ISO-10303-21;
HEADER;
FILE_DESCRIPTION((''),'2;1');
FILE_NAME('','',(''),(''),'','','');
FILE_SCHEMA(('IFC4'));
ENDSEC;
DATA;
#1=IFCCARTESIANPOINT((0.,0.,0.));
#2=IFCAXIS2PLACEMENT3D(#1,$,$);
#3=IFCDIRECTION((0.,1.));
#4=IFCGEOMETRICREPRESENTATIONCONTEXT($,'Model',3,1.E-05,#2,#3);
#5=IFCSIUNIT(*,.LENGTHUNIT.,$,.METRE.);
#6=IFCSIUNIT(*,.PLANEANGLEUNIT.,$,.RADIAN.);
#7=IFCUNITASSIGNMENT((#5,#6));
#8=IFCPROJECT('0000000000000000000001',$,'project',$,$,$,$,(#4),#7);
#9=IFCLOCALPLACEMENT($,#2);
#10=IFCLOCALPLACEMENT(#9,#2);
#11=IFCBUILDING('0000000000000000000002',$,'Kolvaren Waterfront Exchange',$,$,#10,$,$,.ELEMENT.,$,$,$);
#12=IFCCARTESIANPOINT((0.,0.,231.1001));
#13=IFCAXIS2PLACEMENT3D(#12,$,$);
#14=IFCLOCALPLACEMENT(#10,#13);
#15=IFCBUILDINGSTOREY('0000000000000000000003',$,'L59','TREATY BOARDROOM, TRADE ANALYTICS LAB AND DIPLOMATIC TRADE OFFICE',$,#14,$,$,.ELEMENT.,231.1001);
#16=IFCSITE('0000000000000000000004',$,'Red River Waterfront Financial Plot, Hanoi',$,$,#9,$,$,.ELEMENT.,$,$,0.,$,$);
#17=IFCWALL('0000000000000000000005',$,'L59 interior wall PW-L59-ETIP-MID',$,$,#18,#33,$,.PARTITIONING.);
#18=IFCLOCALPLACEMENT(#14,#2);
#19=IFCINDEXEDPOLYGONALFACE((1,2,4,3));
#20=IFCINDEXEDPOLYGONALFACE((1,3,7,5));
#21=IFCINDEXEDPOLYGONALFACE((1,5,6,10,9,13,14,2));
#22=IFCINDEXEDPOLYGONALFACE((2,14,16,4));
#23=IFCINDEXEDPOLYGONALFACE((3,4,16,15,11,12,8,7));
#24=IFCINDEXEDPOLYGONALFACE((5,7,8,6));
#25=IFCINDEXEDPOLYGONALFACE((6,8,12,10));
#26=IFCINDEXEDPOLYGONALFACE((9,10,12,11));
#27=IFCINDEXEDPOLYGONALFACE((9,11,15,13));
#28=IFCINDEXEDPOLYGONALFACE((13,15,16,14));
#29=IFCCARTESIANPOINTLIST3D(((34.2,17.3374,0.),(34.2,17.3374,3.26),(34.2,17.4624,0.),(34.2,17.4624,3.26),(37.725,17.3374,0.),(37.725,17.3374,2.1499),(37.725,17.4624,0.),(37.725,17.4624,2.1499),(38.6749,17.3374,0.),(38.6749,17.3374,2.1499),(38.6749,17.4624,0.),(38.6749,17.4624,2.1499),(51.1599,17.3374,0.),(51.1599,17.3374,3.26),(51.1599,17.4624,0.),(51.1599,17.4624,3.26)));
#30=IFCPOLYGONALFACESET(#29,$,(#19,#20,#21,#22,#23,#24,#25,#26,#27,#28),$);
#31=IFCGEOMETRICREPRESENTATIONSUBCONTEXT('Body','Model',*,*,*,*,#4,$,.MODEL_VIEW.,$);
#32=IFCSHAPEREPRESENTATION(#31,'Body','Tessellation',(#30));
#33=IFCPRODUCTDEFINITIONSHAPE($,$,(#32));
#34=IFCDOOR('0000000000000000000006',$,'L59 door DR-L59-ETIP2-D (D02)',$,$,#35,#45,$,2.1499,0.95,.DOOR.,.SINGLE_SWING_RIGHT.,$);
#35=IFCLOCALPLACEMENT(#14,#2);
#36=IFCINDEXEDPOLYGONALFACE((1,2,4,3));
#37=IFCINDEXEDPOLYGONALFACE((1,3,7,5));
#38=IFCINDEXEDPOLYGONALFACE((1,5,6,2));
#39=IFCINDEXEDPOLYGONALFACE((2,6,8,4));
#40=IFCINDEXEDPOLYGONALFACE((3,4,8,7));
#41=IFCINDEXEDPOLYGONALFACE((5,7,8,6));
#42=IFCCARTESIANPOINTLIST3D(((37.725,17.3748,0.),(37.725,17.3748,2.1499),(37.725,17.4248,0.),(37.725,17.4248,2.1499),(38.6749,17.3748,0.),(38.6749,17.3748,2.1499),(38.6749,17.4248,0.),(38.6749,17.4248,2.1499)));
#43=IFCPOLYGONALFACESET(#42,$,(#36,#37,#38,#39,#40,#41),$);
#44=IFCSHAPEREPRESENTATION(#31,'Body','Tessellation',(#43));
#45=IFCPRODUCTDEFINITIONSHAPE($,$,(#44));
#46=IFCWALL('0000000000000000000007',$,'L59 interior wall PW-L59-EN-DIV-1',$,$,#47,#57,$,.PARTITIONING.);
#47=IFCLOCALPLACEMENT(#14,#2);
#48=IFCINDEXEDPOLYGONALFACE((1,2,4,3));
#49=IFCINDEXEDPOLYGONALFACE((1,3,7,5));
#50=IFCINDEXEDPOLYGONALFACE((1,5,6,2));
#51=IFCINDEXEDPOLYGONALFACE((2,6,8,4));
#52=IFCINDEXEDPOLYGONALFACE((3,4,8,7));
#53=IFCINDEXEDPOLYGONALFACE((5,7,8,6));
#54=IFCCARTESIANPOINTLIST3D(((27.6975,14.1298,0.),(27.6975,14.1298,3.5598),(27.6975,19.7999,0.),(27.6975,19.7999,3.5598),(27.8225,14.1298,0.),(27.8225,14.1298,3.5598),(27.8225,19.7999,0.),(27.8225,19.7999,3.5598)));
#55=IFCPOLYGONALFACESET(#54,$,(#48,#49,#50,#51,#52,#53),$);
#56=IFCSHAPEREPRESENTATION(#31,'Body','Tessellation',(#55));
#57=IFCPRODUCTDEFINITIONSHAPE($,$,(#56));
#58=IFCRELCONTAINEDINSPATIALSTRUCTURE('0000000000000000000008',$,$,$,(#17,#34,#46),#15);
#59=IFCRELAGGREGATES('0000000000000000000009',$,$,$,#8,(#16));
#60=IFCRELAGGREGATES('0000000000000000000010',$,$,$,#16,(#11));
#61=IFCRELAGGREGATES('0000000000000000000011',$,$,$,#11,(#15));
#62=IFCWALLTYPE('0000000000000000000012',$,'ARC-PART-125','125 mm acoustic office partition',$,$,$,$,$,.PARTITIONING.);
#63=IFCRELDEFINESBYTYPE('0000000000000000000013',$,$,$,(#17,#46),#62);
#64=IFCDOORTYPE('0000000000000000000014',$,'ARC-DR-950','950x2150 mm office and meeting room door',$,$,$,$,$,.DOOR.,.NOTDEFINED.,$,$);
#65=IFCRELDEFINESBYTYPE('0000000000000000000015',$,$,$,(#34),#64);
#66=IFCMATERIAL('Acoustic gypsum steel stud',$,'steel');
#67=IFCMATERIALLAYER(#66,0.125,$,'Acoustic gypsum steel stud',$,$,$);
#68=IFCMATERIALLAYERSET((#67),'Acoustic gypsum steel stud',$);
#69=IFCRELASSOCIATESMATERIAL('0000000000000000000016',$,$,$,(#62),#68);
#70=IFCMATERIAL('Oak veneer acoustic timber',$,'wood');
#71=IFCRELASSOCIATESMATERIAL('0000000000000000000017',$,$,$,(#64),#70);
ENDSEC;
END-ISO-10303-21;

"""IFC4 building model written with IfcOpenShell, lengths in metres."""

from ifc_helpers import new_model, si_unit, direction, frame, frame_2d, origin, place, context, subcontext, project, spatial, rectangle, extrude, material, layer, layer_set, type_object, element, fill, save


model = new_model("IFC4")

# Units and contexts
model_context = context("Model", 3, precision=1e-05, world=origin(), true_north=direction((0.0, 1.0)))
body_context = subcontext(model_context, "Body", "Model", "MODEL_VIEW")
ifc_project = project(units=[si_unit("LENGTHUNIT", "METRE"), si_unit("PLANEANGLEUNIT", "RADIAN")], contexts=[model_context])

# Site, building, storey
site_placement = place(None, origin())
site = spatial("IfcSite", under=ifc_project, at=site_placement, Name="Red River Waterfront Financial Plot, Hanoi", CompositionType="ELEMENT", RefElevation=0.0)
building_placement = place(site_placement, origin())
building = spatial("IfcBuilding", under=site, at=building_placement, Name="Kolvaren Waterfront Exchange", CompositionType="ELEMENT")
storey_placement = place(building_placement, frame((0.0, 0.0, 231.1001)))
storey = spatial("IfcBuildingStorey", under=building, at=storey_placement, Name="L59", Description="TREATY BOARDROOM, TRADE ANALYTICS LAB AND DIPLOMATIC TRADE OFFICE", CompositionType="ELEMENT", Elevation=231.1001)

# Wall, opening, door
ifc_material_1 = material(Name="Acoustic gypsum steel stud", Category="steel")
ifc_layer_1 = layer(ifc_material_1, 0.125, Name="Acoustic gypsum steel stud")
ifc_layer_set_1 = layer_set([ifc_layer_1], Name="Acoustic gypsum steel stud")
wall_type_1 = type_object("IfcWallType", Name="ARC-PART-125", Description="125 mm acoustic office partition", PredefinedType="PARTITIONING", material=ifc_layer_set_1)
wall_1_placement = place(storey_placement, frame((34.2, 17.3999, 0.0), z_axis=(0.0, 0.0, 1.0), x_axis=(1.0, 0.0, 0.0)))
wall_1 = element("IfcWall", 1, at=wall_1_placement, inside=storey, type_object=wall_type_1, Name="L59 interior wall PW-L59-ETIP-MID", PredefinedType="PARTITIONING", context=body_context, shape_type="SweptSolid", body=[
    extrude(rectangle(XDim=16.96, YDim=0.125, at=frame_2d((8.48, 0.0))), origin(), (0.0, 0.0, 1.0), 3.26),
])
opening_placement = place(wall_1_placement, frame((3.5249, 0.0, 0.0)))
opening = element("IfcOpeningElement", 2, at=opening_placement, cuts=wall_1, PredefinedType="OPENING", context=body_context, shape_type="SweptSolid", body=[
    extrude(rectangle(XDim=0.95, YDim=2.1499, at=frame_2d((0.4751, 1.075))), frame((0.0, 0.0725, 0.0), z_axis=(0.0, -1.0, 0.0), x_axis=(1.0, 0.0, 0.0)), (0.0, 0.0, 1.0), 0.145),
])
ifc_material_2 = material(Name="Oak veneer acoustic timber", Category="wood")
door_type = type_object("IfcDoorType", Name="ARC-DR-950", Description="950x2150 mm office and meeting room door", OperationType="NOTDEFINED", PredefinedType="DOOR", material=ifc_material_2)
door_placement = place(opening_placement, origin())
door = element("IfcDoor", 3, at=door_placement, inside=storey, type_object=door_type, Name="L59 door DR-L59-ETIP2-D (D02)", OperationType="SINGLE_SWING_RIGHT", OverallHeight=2.1499, OverallWidth=0.95, PredefinedType="DOOR", context=body_context, shape_type="SweptSolid", body=[
    extrude(rectangle(XDim=0.95, YDim=2.1499, at=frame_2d((0.4751, 1.075))), frame((0.0, 0.0249, 0.0), z_axis=(0.0, -1.0, 0.0), x_axis=(1.0, 0.0, 0.0)), (0.0, 0.0, 1.0), 0.05),
])
fill(opening, door)

# Wall
wall_2_placement = place(storey_placement, frame((27.76, 14.1299, 0.0), z_axis=(0.0, 0.0, 1.0), x_axis=(0.0, 1.0, 0.0)))
element("IfcWall", 4, at=wall_2_placement, inside=storey, type_object=wall_type_1, Name="L59 interior wall PW-L59-EN-DIV-1", PredefinedType="PARTITIONING", context=body_context, shape_type="SweptSolid", body=[
    extrude(rectangle(XDim=5.6702, YDim=0.125, at=frame_2d((2.835, 0.0))), origin(), (0.0, 0.0, 1.0), 3.5598),
])

save(model, "model.ifc")
